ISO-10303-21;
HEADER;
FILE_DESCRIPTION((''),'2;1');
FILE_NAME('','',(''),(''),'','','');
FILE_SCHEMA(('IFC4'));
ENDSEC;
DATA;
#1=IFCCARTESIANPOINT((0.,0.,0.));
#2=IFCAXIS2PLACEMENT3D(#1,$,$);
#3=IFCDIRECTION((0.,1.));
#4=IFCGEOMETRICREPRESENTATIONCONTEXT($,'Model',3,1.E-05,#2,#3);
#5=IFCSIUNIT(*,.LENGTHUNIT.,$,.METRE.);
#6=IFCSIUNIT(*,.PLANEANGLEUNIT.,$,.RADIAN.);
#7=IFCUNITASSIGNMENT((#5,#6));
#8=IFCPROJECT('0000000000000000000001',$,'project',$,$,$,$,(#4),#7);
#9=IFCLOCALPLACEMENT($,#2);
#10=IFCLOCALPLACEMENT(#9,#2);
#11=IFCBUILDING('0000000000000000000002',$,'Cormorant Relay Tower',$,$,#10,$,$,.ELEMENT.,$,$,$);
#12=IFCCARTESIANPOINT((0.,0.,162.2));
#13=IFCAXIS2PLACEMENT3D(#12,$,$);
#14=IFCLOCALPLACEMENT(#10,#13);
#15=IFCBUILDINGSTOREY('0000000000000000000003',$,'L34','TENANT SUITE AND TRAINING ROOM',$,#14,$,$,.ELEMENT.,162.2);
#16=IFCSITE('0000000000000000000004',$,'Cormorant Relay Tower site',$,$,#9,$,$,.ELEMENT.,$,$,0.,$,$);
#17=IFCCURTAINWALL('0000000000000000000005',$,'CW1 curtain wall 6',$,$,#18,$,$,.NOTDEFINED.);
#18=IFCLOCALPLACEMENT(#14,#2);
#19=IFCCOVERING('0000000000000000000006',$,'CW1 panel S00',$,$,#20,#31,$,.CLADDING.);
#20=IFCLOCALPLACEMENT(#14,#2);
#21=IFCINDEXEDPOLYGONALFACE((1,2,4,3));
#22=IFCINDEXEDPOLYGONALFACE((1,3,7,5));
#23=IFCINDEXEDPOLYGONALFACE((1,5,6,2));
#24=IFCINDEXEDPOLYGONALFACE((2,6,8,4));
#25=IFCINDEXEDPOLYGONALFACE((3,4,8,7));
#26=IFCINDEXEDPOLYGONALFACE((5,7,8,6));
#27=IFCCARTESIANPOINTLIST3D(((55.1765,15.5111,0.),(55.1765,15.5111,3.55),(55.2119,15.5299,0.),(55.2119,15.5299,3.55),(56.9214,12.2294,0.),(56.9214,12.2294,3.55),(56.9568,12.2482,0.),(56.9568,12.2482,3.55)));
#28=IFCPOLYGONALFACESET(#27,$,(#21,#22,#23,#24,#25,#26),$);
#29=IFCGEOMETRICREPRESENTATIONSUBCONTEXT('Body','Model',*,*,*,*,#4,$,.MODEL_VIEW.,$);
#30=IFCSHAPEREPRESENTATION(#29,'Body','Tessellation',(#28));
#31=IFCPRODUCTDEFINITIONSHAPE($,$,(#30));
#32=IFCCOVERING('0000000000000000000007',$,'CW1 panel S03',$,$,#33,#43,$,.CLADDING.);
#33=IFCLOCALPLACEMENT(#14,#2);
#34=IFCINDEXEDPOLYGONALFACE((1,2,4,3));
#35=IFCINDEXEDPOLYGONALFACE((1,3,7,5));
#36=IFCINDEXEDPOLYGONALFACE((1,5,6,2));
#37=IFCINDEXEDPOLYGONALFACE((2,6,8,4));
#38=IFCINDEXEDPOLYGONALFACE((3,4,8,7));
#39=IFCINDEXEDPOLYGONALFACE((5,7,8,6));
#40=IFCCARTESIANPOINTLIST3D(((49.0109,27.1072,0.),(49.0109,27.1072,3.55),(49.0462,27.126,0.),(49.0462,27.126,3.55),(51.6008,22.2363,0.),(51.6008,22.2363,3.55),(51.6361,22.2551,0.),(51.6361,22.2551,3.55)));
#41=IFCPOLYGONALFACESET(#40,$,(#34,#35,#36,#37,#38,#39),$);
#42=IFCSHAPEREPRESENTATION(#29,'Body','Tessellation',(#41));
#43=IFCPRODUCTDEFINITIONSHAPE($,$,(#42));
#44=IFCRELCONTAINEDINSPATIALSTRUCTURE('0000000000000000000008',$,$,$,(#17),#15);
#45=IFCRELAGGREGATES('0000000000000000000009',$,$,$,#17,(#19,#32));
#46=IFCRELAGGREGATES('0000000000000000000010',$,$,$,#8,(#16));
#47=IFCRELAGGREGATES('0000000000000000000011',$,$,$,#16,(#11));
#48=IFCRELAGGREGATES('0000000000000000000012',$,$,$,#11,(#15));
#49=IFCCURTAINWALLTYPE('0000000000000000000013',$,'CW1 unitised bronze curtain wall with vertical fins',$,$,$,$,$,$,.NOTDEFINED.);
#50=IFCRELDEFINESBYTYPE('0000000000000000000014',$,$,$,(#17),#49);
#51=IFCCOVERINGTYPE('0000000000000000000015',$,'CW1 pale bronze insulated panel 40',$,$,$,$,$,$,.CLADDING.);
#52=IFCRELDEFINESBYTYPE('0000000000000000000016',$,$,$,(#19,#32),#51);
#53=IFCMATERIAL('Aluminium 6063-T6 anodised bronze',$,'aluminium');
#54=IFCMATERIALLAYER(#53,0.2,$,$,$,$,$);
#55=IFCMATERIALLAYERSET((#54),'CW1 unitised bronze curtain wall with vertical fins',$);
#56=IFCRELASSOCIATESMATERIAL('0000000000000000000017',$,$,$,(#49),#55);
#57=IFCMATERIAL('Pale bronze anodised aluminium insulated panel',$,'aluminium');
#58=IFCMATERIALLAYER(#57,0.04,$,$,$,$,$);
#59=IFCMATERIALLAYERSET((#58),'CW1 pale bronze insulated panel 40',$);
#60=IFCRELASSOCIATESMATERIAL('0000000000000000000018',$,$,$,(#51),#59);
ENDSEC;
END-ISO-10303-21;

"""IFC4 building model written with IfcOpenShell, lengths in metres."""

from ifc_helpers import new_model, si_unit, direction, frame, origin, origin_2d, place, context, subcontext, project, spatial, rectangle, extrude, material, layer, layer_set, type_object, element, aggregate, save


model = new_model("IFC4")

# Units and contexts
model_context = context("Model", 3, precision=1e-05, world=origin(), true_north=direction((0.0, 1.0)))
body_context = subcontext(model_context, "Body", "Model", "MODEL_VIEW")
ifc_project = project(units=[si_unit("LENGTHUNIT", "METRE"), si_unit("PLANEANGLEUNIT", "RADIAN")], contexts=[model_context])

# Site, building, storey
site_placement = place(None, origin())
site = spatial("IfcSite", under=ifc_project, at=site_placement, Name="Cormorant Relay Tower site", CompositionType="ELEMENT", RefElevation=0.0)
building_placement = place(site_placement, origin())
building = spatial("IfcBuilding", under=site, at=building_placement, Name="Cormorant Relay Tower", CompositionType="ELEMENT")
storey_placement = place(building_placement, frame((0.0, 0.0, 162.2)))
storey = spatial("IfcBuildingStorey", under=building, at=storey_placement, Name="L34", Description="TENANT SUITE AND TRAINING ROOM", CompositionType="ELEMENT", Elevation=162.2)

# Curtain wall
ifc_material_1 = material(Name="Aluminium 6063-T6 anodised bronze", Category="aluminium")
ifc_layer_1 = layer(ifc_material_1, 0.2)
ifc_layer_set_1 = layer_set([ifc_layer_1], Name="CW1 unitised bronze curtain wall with vertical fins")
curtain_wall_type = type_object("IfcCurtainWallType", Name="CW1 unitised bronze curtain wall with vertical fins", PredefinedType="NOTDEFINED", material=ifc_layer_set_1)
curtain_wall_1_placement = place(storey_placement, origin())
curtain_wall_1 = element("IfcCurtainWall", 1, at=curtain_wall_1_placement, inside=storey, type_object=curtain_wall_type, Name="CW1 curtain wall 6", PredefinedType="NOTDEFINED")

# Coverings
ifc_material_2 = material(Name="Pale bronze anodised aluminium insulated panel", Category="aluminium")
ifc_layer_2 = layer(ifc_material_2, 0.04)
ifc_layer_set_2 = layer_set([ifc_layer_2], Name="CW1 pale bronze insulated panel 40")
covering_type = type_object("IfcCoveringType", Name="CW1 pale bronze insulated panel 40", PredefinedType="CLADDING", material=ifc_layer_set_2)
covering_1_placement = place(storey_placement, frame((56.0667, 13.8796, 0.0), z_axis=(0.0, 0.0, 1.0), x_axis=(-0.469472, 0.882948, 0.0)))
covering_1 = element("IfcCovering", 2, at=covering_1_placement, type_object=covering_type, Name="CW1 panel S00", PredefinedType="CLADDING", context=body_context, shape_type="SweptSolid", body=[
    extrude(rectangle(XDim=3.7168, YDim=0.04, at=origin_2d()), origin(), (0.0, 0.0, 1.0), 3.55),
])
covering_2_placement = place(storey_placement, frame((50.3235, 24.6812, 0.0), z_axis=(0.0, 0.0, 1.0), x_axis=(-0.469472, 0.882948, 0.0)))
covering_2 = element("IfcCovering", 3, at=covering_2_placement, type_object=covering_type, Name="CW1 panel S03", PredefinedType="CLADDING", context=body_context, shape_type="SweptSolid", body=[
    extrude(rectangle(XDim=5.5166, YDim=0.04, at=origin_2d()), origin(), (0.0, 0.0, 1.0), 3.55),
])
aggregate(curtain_wall_1, [covering_1, covering_2])

save(model, "model.ifc")
